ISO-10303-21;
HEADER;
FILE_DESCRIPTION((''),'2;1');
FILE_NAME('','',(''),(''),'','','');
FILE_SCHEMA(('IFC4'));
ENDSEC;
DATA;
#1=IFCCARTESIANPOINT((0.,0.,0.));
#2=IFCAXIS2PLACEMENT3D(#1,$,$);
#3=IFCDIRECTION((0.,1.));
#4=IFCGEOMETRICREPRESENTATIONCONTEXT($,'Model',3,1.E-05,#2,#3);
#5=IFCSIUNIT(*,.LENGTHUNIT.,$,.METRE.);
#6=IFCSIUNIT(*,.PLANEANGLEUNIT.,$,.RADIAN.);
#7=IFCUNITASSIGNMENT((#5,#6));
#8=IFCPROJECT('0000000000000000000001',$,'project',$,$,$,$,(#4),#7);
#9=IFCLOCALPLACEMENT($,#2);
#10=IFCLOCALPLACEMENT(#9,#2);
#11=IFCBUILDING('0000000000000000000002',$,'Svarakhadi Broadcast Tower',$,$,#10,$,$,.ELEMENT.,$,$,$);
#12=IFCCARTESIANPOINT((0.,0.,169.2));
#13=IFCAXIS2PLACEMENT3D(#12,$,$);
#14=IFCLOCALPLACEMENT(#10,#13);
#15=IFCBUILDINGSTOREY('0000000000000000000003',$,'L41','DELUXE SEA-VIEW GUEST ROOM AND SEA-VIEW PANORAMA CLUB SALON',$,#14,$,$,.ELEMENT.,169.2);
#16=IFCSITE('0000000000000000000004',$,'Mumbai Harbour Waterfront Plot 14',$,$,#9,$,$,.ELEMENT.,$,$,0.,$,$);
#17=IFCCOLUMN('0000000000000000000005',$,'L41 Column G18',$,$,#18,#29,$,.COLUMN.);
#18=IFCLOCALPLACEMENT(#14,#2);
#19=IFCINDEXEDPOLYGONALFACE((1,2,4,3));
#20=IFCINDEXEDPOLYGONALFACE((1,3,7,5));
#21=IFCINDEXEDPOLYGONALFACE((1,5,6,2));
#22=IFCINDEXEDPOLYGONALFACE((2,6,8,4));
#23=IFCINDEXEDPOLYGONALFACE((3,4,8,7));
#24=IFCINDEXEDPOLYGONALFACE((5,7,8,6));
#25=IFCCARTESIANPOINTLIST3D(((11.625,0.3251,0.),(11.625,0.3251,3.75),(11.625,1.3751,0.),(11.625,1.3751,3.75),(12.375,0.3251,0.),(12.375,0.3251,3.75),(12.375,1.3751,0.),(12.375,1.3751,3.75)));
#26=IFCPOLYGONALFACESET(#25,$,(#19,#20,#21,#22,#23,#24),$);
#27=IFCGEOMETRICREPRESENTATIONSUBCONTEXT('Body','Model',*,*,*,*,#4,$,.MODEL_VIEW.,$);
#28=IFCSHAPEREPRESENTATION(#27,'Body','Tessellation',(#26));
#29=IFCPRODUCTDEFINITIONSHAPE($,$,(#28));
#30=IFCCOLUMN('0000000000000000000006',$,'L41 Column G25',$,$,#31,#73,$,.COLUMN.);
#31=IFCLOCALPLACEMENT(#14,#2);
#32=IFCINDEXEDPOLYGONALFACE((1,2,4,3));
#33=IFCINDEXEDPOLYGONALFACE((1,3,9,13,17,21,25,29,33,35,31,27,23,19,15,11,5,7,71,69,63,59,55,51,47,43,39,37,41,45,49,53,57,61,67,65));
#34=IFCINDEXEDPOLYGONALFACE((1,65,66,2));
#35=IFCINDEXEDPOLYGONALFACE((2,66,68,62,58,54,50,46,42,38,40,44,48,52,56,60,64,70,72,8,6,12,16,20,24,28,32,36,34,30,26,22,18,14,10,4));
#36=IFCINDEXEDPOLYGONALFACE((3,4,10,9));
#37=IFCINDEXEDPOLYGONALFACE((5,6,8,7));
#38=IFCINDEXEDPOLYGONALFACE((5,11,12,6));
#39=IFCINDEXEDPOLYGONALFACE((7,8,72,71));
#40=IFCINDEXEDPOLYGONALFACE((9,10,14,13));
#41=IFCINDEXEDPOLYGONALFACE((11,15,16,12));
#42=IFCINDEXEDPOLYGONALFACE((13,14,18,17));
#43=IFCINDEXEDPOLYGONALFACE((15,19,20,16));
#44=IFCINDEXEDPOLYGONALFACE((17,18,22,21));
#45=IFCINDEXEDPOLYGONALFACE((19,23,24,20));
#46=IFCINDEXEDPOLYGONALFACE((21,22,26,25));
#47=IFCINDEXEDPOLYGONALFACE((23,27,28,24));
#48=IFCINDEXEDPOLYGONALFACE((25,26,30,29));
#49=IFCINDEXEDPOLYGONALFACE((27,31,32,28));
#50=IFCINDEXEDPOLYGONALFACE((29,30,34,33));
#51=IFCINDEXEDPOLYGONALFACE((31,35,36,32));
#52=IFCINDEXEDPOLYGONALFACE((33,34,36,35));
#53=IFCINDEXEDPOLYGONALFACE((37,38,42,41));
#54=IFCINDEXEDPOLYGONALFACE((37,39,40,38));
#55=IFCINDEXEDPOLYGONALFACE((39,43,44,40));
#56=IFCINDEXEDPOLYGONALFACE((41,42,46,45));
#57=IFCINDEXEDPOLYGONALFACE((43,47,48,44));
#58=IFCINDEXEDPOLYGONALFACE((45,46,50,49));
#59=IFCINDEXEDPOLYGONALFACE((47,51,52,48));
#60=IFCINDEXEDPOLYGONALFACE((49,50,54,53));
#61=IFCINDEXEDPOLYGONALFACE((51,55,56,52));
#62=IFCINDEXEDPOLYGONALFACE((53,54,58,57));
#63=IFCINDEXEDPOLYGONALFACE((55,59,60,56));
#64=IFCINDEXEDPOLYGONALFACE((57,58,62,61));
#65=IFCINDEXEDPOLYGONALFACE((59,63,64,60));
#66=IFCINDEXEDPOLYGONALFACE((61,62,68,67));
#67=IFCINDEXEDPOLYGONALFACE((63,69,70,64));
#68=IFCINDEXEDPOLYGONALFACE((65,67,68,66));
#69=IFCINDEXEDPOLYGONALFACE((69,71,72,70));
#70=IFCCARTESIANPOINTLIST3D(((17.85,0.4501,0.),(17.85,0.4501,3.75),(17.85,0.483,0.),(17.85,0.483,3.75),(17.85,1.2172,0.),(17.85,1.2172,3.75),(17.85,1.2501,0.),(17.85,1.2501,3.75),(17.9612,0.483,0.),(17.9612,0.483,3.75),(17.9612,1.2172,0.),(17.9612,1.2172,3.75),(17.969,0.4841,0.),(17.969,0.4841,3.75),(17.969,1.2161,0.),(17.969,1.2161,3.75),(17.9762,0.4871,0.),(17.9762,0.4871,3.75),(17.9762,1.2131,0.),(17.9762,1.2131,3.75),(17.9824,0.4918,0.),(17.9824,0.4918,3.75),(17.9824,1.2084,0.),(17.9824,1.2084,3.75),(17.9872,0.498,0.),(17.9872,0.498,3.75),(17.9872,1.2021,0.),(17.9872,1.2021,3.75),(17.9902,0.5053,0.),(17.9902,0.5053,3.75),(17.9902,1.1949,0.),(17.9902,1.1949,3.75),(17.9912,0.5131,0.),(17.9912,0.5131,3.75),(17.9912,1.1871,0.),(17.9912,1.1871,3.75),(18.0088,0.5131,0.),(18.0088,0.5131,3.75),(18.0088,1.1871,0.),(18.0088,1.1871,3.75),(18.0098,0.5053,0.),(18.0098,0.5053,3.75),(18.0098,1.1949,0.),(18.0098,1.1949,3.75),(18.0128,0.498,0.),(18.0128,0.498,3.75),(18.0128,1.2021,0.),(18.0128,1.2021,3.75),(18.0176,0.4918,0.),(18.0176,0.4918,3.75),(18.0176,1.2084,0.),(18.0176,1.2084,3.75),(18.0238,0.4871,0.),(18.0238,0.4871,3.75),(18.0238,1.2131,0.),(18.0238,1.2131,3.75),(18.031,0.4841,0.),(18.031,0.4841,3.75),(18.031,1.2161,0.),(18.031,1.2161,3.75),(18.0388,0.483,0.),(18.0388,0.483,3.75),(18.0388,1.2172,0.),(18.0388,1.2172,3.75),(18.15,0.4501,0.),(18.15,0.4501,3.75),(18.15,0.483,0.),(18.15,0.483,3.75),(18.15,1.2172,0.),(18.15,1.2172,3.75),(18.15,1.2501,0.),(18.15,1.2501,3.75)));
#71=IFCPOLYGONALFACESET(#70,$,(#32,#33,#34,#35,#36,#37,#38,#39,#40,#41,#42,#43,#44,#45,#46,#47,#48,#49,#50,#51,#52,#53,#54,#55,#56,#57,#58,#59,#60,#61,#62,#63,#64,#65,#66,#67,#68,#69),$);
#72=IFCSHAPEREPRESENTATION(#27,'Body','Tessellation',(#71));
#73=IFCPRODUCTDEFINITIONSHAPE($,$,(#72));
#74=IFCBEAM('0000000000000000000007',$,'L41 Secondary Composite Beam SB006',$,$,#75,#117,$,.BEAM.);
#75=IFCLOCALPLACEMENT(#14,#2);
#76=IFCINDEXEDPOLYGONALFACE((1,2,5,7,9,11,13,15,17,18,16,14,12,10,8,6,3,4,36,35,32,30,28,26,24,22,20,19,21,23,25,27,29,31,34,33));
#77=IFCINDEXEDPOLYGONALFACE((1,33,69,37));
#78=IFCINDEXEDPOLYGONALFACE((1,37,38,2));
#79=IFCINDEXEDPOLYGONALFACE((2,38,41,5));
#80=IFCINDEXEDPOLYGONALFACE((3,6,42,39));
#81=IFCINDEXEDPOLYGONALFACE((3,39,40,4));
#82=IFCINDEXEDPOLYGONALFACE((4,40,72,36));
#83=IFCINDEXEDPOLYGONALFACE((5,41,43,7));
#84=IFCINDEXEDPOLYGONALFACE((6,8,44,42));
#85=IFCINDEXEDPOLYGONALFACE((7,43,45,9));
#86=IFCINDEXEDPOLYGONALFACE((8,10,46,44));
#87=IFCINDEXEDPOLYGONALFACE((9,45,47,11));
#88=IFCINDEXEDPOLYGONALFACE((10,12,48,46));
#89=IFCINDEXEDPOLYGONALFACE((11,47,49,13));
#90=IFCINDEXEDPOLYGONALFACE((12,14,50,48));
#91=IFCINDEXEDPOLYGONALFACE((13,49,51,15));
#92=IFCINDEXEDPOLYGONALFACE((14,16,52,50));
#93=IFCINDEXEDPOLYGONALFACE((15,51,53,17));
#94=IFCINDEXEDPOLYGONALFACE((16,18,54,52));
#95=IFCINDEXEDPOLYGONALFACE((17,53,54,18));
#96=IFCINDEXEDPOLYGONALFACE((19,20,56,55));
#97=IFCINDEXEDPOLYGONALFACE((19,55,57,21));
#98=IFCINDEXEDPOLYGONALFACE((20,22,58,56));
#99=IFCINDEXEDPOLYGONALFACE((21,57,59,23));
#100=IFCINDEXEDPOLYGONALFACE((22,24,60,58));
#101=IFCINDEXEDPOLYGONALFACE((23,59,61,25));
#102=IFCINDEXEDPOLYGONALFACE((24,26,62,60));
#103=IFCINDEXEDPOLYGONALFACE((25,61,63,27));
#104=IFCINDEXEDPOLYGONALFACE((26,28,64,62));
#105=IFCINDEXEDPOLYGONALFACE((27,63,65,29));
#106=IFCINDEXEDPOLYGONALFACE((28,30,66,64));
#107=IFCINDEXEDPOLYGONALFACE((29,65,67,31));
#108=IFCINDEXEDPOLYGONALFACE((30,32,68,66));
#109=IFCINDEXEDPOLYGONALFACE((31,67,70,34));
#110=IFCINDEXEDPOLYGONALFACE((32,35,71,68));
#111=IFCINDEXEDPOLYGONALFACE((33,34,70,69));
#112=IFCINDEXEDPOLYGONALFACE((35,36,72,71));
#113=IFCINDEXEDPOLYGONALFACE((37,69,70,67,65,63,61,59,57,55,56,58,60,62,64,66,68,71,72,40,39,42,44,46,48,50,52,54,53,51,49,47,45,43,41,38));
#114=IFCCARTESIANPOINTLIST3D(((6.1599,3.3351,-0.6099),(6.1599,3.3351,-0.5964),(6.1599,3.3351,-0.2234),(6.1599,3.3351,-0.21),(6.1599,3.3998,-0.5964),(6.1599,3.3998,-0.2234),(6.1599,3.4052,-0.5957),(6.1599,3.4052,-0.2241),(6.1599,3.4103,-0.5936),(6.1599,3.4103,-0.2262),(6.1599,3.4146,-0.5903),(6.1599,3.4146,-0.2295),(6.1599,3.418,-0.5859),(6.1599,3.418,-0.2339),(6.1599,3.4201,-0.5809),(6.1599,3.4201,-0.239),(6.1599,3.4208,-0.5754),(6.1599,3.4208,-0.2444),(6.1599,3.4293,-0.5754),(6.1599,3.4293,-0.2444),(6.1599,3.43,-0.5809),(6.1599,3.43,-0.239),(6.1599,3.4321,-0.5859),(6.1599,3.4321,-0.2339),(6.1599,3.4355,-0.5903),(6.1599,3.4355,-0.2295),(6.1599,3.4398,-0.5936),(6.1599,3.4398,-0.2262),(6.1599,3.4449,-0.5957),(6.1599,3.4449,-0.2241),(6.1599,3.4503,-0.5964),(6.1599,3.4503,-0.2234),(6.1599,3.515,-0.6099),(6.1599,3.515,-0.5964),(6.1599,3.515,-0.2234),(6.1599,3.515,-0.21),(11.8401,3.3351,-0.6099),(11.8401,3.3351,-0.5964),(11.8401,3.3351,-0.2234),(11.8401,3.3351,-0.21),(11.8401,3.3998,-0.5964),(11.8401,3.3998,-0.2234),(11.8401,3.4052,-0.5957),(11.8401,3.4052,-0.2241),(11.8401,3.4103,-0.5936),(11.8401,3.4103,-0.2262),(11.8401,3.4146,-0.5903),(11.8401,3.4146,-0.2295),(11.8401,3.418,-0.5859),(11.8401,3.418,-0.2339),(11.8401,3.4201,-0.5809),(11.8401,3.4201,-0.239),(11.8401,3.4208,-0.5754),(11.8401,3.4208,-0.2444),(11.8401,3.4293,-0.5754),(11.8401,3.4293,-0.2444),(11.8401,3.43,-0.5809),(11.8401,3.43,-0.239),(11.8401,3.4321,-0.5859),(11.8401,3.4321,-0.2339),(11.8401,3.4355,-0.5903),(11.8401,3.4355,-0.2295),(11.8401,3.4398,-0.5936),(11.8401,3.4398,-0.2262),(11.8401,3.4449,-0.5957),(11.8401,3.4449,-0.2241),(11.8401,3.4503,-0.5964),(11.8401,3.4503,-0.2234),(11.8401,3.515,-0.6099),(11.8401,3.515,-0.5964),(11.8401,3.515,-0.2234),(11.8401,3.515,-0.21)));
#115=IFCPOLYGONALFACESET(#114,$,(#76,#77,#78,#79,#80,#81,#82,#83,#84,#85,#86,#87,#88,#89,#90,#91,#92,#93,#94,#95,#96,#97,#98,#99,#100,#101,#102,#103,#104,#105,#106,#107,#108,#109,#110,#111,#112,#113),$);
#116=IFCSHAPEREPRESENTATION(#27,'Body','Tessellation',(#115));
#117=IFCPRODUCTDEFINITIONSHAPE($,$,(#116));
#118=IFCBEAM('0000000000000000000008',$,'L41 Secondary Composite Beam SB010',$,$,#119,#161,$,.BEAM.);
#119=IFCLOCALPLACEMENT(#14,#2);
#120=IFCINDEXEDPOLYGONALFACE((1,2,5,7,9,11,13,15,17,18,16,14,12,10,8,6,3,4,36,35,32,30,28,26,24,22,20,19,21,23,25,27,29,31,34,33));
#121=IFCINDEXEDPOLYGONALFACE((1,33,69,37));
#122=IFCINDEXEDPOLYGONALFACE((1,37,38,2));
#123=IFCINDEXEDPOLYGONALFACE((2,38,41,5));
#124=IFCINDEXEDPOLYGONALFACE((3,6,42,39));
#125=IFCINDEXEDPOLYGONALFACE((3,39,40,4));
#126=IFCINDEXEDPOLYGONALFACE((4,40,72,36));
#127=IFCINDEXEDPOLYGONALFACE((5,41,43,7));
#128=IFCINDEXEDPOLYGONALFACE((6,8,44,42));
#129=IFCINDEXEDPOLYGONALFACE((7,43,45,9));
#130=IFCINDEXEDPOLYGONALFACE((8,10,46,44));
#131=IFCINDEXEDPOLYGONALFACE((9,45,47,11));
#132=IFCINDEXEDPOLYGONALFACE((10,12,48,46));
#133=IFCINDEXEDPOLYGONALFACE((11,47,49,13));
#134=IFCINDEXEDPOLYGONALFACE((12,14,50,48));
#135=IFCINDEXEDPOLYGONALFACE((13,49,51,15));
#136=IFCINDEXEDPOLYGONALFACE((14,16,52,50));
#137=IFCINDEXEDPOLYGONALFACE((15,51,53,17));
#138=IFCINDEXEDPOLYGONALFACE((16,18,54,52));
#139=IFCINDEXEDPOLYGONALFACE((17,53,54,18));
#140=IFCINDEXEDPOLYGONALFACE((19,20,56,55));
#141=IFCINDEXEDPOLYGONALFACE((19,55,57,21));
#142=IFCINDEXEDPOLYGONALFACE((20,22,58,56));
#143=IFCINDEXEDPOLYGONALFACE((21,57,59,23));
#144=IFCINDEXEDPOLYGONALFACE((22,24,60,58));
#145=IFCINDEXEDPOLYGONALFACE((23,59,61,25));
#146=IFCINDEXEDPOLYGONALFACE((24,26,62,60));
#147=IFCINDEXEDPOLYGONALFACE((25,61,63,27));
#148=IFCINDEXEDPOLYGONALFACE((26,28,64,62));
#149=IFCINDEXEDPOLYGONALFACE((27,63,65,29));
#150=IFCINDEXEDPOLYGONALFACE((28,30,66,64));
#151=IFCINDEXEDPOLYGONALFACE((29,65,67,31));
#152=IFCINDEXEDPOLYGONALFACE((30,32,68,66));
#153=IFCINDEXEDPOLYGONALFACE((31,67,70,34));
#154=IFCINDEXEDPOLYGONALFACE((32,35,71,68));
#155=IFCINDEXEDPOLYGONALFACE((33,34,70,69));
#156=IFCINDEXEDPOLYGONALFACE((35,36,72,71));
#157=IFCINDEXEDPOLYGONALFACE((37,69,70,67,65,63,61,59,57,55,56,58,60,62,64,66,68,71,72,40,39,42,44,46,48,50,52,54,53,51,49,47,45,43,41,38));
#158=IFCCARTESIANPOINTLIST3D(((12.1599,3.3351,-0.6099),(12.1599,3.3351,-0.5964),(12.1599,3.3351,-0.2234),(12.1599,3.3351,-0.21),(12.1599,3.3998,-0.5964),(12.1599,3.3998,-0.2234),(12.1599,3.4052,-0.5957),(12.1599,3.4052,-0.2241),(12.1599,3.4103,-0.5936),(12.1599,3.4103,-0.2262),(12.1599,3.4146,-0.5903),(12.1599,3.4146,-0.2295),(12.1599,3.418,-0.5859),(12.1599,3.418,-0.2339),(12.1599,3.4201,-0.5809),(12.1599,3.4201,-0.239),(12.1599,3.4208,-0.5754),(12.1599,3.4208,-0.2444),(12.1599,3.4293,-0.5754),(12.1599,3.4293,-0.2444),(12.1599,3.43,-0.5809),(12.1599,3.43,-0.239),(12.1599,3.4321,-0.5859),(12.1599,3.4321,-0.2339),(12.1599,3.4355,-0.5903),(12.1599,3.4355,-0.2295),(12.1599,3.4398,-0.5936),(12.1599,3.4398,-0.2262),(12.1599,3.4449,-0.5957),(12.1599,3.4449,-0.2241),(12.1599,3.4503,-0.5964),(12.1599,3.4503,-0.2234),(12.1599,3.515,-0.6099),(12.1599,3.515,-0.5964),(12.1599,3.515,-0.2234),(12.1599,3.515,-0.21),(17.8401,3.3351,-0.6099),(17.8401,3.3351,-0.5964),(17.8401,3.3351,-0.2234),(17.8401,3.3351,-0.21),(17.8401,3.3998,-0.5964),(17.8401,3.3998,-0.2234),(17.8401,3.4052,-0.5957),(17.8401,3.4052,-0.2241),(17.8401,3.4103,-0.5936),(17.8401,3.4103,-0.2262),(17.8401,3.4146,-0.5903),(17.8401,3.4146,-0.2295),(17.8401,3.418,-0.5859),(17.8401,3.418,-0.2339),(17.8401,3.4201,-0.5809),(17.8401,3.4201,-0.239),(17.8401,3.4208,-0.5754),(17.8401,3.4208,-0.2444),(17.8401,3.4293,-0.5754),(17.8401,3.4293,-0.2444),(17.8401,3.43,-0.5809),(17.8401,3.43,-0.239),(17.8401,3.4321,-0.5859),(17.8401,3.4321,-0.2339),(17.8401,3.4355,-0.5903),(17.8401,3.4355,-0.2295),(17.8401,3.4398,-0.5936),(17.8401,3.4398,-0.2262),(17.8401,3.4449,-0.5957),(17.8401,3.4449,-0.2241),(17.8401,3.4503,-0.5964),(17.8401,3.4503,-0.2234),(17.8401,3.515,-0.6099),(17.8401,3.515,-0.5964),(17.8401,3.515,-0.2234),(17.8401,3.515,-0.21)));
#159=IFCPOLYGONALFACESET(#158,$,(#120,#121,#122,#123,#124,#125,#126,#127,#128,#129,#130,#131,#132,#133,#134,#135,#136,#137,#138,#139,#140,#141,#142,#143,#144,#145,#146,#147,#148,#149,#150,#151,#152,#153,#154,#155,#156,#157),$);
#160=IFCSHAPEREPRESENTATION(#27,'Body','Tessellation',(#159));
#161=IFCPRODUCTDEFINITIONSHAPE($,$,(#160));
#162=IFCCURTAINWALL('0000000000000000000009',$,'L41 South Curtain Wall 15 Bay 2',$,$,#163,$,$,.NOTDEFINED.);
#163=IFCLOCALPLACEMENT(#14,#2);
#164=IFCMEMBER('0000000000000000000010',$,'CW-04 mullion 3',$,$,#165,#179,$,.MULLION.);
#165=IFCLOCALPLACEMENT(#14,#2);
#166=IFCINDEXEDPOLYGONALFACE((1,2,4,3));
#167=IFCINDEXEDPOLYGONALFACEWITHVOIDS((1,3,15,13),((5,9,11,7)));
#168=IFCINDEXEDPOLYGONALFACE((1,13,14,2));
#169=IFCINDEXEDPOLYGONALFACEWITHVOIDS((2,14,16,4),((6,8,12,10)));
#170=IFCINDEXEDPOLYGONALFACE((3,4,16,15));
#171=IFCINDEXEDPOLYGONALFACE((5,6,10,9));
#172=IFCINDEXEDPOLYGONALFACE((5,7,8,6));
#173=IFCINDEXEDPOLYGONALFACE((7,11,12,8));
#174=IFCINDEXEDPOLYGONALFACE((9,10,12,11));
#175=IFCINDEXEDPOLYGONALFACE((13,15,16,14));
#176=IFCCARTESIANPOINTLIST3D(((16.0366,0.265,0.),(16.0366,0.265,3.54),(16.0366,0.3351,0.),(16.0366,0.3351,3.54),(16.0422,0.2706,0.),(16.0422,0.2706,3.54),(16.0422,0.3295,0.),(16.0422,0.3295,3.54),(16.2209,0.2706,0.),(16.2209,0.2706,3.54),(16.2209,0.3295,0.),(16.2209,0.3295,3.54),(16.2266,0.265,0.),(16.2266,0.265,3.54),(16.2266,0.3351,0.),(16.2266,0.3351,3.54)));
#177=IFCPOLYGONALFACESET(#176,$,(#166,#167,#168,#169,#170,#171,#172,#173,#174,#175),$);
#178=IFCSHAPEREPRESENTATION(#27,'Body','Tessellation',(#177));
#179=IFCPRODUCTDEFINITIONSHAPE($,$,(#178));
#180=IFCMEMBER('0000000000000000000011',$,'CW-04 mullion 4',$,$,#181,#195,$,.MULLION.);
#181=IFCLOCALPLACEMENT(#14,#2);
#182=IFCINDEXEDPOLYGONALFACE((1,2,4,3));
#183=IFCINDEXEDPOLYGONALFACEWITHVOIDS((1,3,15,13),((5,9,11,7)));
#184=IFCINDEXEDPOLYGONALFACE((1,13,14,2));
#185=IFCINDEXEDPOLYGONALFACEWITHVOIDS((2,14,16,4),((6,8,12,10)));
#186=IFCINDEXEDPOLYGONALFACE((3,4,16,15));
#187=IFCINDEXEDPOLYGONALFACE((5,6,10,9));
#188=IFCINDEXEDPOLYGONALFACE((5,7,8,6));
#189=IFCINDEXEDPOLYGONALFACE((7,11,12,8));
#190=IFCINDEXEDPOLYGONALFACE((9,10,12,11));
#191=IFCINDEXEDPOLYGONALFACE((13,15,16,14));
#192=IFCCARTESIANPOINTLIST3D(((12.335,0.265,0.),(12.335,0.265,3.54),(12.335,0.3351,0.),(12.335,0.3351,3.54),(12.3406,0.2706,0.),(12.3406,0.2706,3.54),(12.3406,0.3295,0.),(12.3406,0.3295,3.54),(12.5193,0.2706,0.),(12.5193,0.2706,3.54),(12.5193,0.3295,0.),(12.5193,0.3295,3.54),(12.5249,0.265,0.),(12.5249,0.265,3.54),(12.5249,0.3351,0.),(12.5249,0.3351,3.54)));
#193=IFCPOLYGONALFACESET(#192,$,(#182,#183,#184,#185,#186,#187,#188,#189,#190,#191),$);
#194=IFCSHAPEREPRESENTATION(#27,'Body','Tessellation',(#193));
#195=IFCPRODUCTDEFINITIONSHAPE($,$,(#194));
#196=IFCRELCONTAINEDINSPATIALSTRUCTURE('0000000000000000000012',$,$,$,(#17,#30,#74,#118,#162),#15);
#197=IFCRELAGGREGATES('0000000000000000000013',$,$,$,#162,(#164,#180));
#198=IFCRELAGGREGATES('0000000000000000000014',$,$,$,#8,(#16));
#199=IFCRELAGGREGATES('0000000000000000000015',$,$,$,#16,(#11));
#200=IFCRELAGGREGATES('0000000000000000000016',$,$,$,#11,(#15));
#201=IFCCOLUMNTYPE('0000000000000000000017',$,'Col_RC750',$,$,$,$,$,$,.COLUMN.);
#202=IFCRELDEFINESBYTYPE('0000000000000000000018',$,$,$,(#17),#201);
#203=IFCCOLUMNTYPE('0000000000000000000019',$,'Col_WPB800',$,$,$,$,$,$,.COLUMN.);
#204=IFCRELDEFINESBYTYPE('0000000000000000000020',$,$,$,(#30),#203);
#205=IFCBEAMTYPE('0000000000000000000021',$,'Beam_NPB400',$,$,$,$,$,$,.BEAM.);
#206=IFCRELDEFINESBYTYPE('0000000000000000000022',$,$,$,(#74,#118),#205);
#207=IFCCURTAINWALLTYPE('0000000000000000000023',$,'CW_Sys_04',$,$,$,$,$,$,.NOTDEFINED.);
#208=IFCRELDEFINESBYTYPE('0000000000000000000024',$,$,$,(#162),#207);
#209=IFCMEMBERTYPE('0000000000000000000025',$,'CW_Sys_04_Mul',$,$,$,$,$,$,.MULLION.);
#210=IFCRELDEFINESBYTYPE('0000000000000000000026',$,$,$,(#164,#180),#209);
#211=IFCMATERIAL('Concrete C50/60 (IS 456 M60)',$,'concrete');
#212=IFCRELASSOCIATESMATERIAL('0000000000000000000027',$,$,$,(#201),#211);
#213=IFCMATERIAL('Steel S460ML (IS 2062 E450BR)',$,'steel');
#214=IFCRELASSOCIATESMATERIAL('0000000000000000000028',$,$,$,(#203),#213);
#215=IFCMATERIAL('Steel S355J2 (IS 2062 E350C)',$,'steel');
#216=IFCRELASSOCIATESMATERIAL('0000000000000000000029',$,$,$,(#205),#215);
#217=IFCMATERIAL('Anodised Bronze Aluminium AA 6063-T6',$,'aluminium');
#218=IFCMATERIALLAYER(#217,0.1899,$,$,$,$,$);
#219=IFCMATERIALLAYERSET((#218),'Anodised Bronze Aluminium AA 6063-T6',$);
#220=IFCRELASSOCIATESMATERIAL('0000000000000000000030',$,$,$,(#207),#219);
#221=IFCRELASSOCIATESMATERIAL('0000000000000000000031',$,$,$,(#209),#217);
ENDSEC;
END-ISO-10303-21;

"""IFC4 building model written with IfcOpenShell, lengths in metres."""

from ifc_helpers import new_model, si_unit, direction, frame, origin, origin_2d, place, context, subcontext, project, spatial, rectangle, hollow_rectangle, i_section, extrude, material, layer, layer_set, material_profile, profile_set, type_object, element, aggregate, save


model = new_model("IFC4")

# Units and contexts
model_context = context("Model", 3, precision=1e-05, world=origin(), true_north=direction((0.0, 1.0)))
body_context = subcontext(model_context, "Body", "Model", "MODEL_VIEW")
ifc_project = project(units=[si_unit("LENGTHUNIT", "METRE"), si_unit("PLANEANGLEUNIT", "RADIAN")], contexts=[model_context])

# Site, building, storey
site_placement = place(None, origin())
site = spatial("IfcSite", under=ifc_project, at=site_placement, Name="Mumbai Harbour Waterfront Plot 14", CompositionType="ELEMENT", RefElevation=0.0)
building_placement = place(site_placement, origin())
building = spatial("IfcBuilding", under=site, at=building_placement, Name="Svarakhadi Broadcast Tower", CompositionType="ELEMENT")
storey_placement = place(building_placement, frame((0.0, 0.0, 169.2)))
storey = spatial("IfcBuildingStorey", under=building, at=storey_placement, Name="L41", Description="DELUXE SEA-VIEW GUEST ROOM AND SEA-VIEW PANORAMA CLUB SALON", CompositionType="ELEMENT", Elevation=169.2)

# Columns
ifc_material_1 = material(Name="Concrete C50/60 (IS 456 M60)", Category="concrete")
ifc_material_profile_1 = material_profile(ifc_material_1, rectangle(XDim=0.75, YDim=1.05, at=origin_2d()), Name="RC 750x1050")
ifc_profile_set_1 = profile_set([ifc_material_profile_1], Name="Concrete C50/60 (IS 456 M60)")
column_type_1 = type_object("IfcColumnType", Name="Col_RC750", PredefinedType="COLUMN", material=ifc_profile_set_1)
column_1_placement = place(storey_placement, frame((12.0, 0.8501, 0.0), z_axis=(0.0, 0.0, 1.0), x_axis=(1.0, 0.0, 0.0)))
element("IfcColumn", 1, at=column_1_placement, inside=storey, type_object=column_type_1, Name="L41 Column G18", PredefinedType="COLUMN", context=body_context, shape_type="SweptSolid", body=[
    extrude(rectangle(XDim=0.75, YDim=1.05, at=origin_2d()), origin(), (0.0, 0.0, 1.0), 3.75),
])
ifc_material_2 = material(Name="Steel S460ML (IS 2062 E450BR)", Category="steel")
ifc_material_profile_2 = material_profile(ifc_material_2, i_section(OverallWidth=0.3, OverallDepth=0.8, WebThickness=0.0176, FlangeThickness=0.033, FilletRadius=0.03, at=origin_2d()), Name="WPB 800x300x262")
ifc_profile_set_2 = profile_set([ifc_material_profile_2], Name="Steel S460ML (IS 2062 E450BR)")
column_type_2 = type_object("IfcColumnType", Name="Col_WPB800", PredefinedType="COLUMN", material=ifc_profile_set_2)
column_2_placement = place(storey_placement, frame((18.0, 0.8501, 0.0), z_axis=(0.0, 0.0, 1.0), x_axis=(1.0, 0.0, 0.0)))
element("IfcColumn", 2, at=column_2_placement, inside=storey, type_object=column_type_2, Name="L41 Column G25", PredefinedType="COLUMN", context=body_context, shape_type="SweptSolid", body=[
    extrude(i_section(OverallWidth=0.3, OverallDepth=0.8, WebThickness=0.0176, FlangeThickness=0.033, FilletRadius=0.03, at=origin_2d()), origin(), (0.0, 0.0, 1.0), 3.75),
])

# Beams
ifc_material_3 = material(Name="Steel S355J2 (IS 2062 E350C)", Category="steel")
ifc_material_profile_3 = material_profile(ifc_material_3, i_section(OverallWidth=0.1799, OverallDepth=0.3999, WebThickness=0.0085, FlangeThickness=0.0134, FilletRadius=0.021, at=origin_2d()), Name="NPB 400x180x66")
ifc_profile_set_3 = profile_set([ifc_material_profile_3], Name="Steel S355J2 (IS 2062 E350C)")
beam_type_1 = type_object("IfcBeamType", Name="Beam_NPB400", PredefinedType="BEAM", material=ifc_profile_set_3)
for number, where, z_axis, x_axis, name in (
    (3, (6.1599, 3.425, -0.4099), (1.0, 0.0, 0.0), (0.0, 1.0, 0.0), "L41 Secondary Composite Beam SB006"),
    (4, (12.1599, 3.425, -0.4099), (1.0, 0.0, 0.0), (0.0, 1.0, 0.0), "L41 Secondary Composite Beam SB010"),
):
    element("IfcBeam", number, at=place(storey_placement, frame(where, z_axis=z_axis, x_axis=x_axis)), inside=storey, type_object=beam_type_1, Name=name, PredefinedType="BEAM", context=body_context, shape_type="SweptSolid", body=[
        extrude(i_section(OverallWidth=0.1799, OverallDepth=0.3999, WebThickness=0.0085, FlangeThickness=0.0134, FilletRadius=0.021, at=origin_2d()), origin(), (0.0, 0.0, 1.0), 5.6802),
    ])

# Curtain wall, members
ifc_material_4 = material(Name="Anodised Bronze Aluminium AA 6063-T6", Category="aluminium")
ifc_layer_1 = layer(ifc_material_4, 0.1899)
ifc_layer_set_1 = layer_set([ifc_layer_1], Name="Anodised Bronze Aluminium AA 6063-T6")
curtain_wall_type = type_object("IfcCurtainWallType", Name="CW_Sys_04", PredefinedType="NOTDEFINED", material=ifc_layer_set_1)
curtain_wall_1_placement = place(storey_placement, origin())
curtain_wall_1 = element("IfcCurtainWall", 5, at=curtain_wall_1_placement, inside=storey, type_object=curtain_wall_type, Name="L41 South Curtain Wall 15 Bay 2", PredefinedType="NOTDEFINED")
ifc_material_profile_4 = material_profile(ifc_material_4, hollow_rectangle(XDim=0.0701, YDim=0.1899, WallThickness=0.0056, at=origin_2d()), Name="ALU MULLION 190x70x6")
ifc_profile_set_4 = profile_set([ifc_material_profile_4], Name="Anodised Bronze Aluminium AA 6063-T6")
member_type_1 = type_object("IfcMemberType", Name="CW_Sys_04_Mul", PredefinedType="MULLION", material=ifc_profile_set_4)
member_1_placement = place(storey_placement, frame((16.1316, 0.3, 0.0), z_axis=(0.0, 0.0, 1.0), x_axis=(0.0, -1.0, 0.0)))
member_1 = element("IfcMember", 6, at=member_1_placement, type_object=member_type_1, Name="CW-04 mullion 3", PredefinedType="MULLION", context=body_context, shape_type="SweptSolid", body=[
    extrude(hollow_rectangle(XDim=0.0701, YDim=0.1899, WallThickness=0.0056, at=origin_2d()), origin(), (0.0, 0.0, 1.0), 3.54),
])
member_2_placement = place(storey_placement, frame((12.4299, 0.3, 0.0), z_axis=(0.0, 0.0, 1.0), x_axis=(0.0, -1.0, 0.0)))
member_2 = element("IfcMember", 7, at=member_2_placement, type_object=member_type_1, Name="CW-04 mullion 4", PredefinedType="MULLION", context=body_context, shape_type="SweptSolid", body=[
    extrude(hollow_rectangle(XDim=0.0701, YDim=0.1899, WallThickness=0.0056, at=origin_2d()), origin(), (0.0, 0.0, 1.0), 3.54),
])

aggregate(curtain_wall_1, [member_1, member_2])

save(model, "model.ifc")
